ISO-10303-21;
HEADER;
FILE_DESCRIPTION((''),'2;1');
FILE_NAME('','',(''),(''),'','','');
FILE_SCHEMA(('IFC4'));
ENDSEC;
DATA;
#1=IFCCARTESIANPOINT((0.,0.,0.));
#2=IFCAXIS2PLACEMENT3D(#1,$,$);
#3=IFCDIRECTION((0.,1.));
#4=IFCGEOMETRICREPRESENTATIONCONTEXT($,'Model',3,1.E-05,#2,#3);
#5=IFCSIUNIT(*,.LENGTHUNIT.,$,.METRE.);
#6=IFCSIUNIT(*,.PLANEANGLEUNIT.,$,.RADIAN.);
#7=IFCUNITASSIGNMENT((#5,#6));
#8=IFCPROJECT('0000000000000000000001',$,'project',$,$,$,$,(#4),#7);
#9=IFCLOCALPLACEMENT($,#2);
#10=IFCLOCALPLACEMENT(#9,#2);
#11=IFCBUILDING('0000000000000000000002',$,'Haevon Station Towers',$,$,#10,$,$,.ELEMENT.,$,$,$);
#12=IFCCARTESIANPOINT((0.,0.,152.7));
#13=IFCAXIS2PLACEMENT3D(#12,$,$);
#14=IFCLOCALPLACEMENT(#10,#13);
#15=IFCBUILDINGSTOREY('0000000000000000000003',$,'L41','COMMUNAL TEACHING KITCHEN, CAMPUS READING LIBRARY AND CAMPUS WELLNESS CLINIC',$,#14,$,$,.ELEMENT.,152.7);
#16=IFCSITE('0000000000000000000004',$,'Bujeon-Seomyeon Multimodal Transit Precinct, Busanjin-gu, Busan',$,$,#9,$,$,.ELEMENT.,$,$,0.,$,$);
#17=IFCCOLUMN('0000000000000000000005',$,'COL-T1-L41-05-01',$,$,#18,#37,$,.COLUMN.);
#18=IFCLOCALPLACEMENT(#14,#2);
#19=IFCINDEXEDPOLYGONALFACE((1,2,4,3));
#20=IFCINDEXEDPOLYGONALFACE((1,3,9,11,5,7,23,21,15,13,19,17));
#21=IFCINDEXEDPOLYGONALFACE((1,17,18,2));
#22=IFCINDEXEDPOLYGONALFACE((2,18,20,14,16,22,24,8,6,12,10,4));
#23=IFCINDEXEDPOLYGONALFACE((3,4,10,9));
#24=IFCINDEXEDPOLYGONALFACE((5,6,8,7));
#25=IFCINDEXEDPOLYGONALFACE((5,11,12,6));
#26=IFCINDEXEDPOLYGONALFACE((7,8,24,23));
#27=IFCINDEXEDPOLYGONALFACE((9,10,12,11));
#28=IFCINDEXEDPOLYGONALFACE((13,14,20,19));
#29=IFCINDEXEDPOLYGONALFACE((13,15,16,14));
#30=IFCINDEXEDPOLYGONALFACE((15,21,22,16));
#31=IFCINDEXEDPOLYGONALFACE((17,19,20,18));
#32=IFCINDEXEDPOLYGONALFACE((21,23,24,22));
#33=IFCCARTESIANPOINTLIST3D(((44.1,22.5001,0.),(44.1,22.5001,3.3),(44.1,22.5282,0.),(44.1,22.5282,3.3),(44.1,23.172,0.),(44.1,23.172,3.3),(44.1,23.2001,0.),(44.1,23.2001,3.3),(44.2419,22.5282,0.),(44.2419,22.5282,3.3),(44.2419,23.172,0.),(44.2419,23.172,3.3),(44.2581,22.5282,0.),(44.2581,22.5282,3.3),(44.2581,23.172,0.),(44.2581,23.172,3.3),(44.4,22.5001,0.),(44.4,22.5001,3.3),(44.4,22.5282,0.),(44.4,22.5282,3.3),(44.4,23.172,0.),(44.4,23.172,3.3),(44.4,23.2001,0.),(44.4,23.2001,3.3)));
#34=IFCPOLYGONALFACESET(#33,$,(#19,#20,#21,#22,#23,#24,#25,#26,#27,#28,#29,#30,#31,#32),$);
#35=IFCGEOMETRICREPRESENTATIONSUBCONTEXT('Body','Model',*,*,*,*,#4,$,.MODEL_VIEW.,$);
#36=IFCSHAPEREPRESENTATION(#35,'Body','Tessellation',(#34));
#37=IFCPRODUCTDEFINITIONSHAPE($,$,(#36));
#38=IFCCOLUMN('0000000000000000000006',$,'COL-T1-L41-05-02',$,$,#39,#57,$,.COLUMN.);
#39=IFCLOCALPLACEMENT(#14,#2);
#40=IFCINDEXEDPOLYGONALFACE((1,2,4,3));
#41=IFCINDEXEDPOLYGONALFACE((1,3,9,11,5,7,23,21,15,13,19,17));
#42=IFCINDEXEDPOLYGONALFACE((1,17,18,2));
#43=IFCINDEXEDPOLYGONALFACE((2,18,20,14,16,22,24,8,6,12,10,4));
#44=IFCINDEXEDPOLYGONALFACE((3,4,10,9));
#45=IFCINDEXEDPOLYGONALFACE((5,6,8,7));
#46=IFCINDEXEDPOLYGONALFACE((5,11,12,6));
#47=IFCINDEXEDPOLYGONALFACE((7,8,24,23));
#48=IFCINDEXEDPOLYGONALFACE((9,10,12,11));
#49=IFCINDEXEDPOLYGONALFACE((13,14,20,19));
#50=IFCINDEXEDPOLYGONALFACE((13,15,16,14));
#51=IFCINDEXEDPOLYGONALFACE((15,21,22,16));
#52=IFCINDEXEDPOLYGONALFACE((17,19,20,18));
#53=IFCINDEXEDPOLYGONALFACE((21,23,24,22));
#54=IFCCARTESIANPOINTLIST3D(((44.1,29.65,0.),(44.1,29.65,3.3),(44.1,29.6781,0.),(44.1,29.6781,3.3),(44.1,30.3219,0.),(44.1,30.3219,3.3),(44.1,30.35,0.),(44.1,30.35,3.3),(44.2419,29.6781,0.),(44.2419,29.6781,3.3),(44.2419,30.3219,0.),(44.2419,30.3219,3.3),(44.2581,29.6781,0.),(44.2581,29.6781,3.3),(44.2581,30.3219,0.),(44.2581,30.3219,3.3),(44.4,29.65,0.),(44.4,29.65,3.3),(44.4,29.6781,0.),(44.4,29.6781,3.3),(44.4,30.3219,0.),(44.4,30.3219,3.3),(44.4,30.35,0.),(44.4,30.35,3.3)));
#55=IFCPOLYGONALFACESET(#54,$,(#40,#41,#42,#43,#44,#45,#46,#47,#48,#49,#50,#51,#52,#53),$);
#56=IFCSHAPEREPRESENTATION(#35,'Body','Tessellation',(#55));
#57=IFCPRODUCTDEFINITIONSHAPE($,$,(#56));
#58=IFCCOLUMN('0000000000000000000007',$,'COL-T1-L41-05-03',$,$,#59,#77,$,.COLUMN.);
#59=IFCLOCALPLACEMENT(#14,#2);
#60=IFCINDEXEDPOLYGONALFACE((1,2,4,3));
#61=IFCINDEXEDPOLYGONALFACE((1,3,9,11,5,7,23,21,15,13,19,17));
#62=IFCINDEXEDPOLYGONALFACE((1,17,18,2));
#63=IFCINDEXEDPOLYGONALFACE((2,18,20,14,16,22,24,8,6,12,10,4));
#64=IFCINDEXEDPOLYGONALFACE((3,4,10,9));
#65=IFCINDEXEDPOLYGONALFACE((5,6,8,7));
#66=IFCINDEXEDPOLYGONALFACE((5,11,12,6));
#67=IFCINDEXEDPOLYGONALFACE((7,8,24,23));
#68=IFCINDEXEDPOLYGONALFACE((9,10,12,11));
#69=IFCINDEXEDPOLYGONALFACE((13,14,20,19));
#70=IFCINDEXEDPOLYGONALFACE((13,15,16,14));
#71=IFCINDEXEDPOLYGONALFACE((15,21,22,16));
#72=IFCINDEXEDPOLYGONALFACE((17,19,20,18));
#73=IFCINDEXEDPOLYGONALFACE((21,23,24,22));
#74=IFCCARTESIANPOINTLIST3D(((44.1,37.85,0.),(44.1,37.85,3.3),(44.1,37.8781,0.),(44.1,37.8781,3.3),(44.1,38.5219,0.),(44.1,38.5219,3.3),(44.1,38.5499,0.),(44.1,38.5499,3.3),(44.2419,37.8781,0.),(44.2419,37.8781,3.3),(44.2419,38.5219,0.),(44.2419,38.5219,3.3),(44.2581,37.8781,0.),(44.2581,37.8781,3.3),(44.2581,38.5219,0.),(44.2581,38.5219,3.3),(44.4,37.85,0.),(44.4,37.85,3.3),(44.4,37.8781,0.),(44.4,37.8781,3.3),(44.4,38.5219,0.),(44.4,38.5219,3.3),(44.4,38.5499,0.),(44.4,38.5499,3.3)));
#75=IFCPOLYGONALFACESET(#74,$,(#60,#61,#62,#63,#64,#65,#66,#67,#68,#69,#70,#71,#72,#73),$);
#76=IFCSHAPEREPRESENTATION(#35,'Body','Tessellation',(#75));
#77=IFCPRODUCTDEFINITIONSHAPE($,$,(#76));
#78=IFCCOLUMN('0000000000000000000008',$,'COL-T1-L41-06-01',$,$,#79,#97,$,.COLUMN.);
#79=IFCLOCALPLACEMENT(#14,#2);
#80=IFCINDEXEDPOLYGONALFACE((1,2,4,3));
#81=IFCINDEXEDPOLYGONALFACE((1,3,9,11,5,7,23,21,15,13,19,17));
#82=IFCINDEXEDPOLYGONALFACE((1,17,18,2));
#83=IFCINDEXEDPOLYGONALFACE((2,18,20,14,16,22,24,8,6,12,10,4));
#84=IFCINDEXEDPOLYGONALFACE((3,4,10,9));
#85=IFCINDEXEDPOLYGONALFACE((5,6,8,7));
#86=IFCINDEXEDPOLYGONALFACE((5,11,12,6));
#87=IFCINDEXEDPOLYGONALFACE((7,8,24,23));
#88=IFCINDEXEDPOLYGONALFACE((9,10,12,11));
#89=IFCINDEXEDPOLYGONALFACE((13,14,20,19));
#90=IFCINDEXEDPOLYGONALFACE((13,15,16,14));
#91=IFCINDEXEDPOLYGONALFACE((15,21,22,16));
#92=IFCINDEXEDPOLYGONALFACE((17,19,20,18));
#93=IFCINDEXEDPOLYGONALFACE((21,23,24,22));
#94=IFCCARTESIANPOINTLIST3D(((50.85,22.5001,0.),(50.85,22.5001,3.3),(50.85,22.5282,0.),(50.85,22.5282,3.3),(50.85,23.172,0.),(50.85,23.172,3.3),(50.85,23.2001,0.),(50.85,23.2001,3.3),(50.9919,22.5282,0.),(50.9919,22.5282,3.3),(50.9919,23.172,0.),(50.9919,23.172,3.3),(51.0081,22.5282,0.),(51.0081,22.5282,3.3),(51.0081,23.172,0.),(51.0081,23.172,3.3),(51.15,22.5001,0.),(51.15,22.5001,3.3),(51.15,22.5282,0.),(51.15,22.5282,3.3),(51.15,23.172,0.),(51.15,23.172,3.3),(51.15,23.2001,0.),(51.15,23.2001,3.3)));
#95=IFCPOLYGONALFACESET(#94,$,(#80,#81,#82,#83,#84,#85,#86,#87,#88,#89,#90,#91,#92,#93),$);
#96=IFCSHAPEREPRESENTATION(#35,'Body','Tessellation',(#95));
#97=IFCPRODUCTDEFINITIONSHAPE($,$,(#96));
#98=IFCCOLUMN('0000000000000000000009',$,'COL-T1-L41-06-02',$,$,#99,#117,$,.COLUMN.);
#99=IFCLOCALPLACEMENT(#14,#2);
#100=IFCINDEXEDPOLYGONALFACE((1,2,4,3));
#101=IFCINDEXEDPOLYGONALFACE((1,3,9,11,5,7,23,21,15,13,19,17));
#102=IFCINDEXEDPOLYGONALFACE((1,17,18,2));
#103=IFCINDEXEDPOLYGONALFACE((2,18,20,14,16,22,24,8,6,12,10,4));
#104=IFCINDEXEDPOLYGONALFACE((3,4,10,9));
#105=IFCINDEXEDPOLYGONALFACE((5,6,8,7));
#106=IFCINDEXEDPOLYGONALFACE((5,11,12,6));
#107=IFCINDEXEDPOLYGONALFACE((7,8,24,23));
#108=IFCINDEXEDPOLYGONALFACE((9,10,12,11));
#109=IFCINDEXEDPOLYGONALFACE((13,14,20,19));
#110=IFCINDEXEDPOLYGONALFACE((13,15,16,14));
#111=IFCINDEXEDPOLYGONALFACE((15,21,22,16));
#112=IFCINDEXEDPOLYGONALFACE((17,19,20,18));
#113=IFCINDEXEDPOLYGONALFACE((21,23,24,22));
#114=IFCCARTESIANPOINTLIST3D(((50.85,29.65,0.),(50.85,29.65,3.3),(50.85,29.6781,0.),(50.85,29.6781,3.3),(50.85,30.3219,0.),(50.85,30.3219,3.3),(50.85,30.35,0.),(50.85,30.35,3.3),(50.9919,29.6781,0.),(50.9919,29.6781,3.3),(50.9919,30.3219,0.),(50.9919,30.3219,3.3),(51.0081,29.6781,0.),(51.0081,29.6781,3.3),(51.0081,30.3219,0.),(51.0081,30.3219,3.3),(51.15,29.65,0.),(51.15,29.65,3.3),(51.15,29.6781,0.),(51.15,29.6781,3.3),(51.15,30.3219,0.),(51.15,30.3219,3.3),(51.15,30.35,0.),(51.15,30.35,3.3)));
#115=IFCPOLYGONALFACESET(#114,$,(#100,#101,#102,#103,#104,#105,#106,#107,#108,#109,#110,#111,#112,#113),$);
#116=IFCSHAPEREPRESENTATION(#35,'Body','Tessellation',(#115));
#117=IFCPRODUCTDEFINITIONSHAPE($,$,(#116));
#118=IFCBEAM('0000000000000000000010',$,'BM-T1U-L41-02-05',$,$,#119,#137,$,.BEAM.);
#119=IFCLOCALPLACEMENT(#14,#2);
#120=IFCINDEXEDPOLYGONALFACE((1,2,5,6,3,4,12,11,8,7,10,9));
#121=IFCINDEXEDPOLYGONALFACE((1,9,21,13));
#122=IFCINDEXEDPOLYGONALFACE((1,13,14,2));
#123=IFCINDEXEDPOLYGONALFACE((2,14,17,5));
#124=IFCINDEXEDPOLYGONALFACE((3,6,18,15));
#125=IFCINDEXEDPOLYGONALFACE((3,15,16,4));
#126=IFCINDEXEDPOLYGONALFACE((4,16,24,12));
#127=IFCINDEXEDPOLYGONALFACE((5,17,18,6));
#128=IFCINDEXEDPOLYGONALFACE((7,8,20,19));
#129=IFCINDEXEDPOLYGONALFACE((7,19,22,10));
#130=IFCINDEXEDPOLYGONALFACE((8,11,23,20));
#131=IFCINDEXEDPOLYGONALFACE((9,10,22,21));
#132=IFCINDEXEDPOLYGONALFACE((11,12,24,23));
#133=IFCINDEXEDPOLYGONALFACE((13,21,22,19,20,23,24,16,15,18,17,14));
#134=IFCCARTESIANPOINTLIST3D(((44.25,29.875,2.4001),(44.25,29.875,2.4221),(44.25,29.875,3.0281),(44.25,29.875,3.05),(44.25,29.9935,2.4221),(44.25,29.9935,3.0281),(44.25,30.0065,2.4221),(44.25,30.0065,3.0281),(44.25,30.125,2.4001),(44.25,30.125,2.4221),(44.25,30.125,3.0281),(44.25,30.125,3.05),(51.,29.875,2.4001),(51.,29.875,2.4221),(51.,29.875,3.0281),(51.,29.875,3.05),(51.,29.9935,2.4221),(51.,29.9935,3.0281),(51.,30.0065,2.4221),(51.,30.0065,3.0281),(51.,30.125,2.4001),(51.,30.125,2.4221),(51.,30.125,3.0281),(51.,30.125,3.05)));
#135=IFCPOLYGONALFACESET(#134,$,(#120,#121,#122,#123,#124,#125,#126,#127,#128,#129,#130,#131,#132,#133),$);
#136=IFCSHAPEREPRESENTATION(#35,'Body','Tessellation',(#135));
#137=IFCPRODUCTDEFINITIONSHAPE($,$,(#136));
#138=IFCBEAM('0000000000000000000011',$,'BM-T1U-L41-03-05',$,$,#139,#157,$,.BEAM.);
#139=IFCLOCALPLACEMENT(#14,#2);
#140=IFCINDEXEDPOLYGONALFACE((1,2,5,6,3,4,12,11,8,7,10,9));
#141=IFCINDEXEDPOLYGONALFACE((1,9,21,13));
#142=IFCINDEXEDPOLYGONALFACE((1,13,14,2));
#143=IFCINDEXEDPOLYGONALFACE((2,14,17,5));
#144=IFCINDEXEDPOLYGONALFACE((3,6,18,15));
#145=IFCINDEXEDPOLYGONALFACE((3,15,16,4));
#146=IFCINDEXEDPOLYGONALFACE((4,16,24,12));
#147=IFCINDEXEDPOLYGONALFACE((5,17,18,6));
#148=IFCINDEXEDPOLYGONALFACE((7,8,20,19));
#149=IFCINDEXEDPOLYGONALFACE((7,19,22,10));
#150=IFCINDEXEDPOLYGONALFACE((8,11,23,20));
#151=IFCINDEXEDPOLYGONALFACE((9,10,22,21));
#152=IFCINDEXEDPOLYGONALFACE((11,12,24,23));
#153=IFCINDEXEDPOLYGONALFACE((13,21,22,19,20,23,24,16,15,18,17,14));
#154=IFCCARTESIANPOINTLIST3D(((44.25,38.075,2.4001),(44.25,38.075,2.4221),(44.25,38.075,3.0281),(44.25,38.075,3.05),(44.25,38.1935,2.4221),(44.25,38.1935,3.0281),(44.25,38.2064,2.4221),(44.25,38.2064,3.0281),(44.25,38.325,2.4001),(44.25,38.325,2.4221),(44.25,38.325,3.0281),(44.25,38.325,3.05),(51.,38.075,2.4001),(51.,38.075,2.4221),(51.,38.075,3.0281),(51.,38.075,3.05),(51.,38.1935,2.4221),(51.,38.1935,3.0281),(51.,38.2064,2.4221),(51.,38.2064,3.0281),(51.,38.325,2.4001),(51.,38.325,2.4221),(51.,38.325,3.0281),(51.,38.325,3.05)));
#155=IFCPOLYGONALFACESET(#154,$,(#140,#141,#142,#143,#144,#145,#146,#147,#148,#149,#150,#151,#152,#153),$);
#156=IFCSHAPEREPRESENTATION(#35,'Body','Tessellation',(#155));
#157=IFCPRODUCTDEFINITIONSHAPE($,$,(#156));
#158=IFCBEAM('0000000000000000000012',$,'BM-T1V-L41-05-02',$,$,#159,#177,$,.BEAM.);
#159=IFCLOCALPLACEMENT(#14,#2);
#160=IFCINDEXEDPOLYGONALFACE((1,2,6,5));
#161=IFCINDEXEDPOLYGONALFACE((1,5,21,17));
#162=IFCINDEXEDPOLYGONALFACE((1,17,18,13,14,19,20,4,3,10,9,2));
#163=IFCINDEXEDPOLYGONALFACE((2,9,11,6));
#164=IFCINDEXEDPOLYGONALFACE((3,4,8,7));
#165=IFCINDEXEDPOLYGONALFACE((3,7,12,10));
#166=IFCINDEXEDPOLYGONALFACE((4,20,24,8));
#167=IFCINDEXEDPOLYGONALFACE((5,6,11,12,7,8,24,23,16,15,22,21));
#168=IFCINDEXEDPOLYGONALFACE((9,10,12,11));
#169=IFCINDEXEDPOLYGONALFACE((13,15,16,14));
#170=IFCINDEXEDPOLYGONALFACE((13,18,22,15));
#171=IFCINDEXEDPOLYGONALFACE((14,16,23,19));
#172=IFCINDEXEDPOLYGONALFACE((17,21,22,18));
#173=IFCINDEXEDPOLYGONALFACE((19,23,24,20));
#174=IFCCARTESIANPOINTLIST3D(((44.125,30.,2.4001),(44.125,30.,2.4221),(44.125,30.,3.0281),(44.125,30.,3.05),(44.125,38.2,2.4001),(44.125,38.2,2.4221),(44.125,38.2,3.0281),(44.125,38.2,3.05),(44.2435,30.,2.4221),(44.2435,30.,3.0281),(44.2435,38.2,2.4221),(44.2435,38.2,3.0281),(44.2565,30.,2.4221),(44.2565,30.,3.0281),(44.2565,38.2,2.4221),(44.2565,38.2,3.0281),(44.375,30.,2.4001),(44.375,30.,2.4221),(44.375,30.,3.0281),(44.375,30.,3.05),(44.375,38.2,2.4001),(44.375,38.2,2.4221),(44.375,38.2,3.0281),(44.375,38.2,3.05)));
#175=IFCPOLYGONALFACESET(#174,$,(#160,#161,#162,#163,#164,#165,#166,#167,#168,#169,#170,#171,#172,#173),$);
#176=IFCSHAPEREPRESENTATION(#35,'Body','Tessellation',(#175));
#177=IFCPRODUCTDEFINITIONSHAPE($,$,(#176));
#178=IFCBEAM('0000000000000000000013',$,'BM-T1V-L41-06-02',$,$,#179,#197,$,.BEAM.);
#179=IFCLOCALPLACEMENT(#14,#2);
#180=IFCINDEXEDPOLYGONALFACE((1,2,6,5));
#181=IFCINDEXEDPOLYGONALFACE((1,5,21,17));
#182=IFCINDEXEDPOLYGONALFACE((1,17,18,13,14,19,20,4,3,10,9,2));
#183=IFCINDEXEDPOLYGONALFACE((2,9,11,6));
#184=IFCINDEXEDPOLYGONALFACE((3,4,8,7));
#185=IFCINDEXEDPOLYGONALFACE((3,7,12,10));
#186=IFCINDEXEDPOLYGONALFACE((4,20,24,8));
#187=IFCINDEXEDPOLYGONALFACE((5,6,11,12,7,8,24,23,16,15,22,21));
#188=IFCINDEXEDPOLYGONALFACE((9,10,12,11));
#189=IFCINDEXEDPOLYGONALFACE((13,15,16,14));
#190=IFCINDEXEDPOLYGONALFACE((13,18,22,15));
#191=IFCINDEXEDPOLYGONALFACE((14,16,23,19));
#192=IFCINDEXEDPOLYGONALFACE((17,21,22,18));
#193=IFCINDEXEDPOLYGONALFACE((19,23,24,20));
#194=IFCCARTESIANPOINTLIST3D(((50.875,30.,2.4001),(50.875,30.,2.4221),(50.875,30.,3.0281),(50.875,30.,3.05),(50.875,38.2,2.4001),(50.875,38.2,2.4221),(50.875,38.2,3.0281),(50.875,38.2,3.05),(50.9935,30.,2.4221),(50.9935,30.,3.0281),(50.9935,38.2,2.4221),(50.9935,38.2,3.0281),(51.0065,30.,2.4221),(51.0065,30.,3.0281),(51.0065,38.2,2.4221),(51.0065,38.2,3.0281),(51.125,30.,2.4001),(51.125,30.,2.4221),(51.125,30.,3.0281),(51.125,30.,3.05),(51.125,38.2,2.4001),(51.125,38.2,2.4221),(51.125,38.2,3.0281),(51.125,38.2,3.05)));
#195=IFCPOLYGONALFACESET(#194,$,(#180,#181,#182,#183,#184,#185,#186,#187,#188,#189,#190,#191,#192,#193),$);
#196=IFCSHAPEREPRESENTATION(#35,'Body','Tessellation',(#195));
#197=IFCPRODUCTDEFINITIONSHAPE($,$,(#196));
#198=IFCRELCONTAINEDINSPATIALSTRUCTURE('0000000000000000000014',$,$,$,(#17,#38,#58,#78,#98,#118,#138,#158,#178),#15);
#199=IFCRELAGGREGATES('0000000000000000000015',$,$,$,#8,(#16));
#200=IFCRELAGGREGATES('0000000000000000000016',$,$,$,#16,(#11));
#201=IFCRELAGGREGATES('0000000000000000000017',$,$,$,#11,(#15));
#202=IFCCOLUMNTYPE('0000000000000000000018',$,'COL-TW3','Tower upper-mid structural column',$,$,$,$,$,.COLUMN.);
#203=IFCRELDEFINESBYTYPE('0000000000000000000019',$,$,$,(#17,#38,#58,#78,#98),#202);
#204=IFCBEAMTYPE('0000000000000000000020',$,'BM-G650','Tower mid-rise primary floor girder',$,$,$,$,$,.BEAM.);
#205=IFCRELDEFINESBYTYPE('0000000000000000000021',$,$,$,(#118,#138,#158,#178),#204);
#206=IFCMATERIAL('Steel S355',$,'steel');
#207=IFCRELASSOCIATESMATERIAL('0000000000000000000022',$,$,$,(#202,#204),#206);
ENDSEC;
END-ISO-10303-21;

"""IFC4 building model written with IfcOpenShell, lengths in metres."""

from ifc_helpers import new_model, si_unit, direction, frame, origin, origin_2d, place, context, subcontext, project, spatial, i_section, extrude, material, material_profile, profile_set, type_object, element, save


model = new_model("IFC4")

# Units and contexts
model_context = context("Model", 3, precision=1e-05, world=origin(), true_north=direction((0.0, 1.0)))
body_context = subcontext(model_context, "Body", "Model", "MODEL_VIEW")
ifc_project = project(units=[si_unit("LENGTHUNIT", "METRE"), si_unit("PLANEANGLEUNIT", "RADIAN")], contexts=[model_context])

# Site, building, storey
site_placement = place(None, origin())
site = spatial("IfcSite", under=ifc_project, at=site_placement, Name="Bujeon-Seomyeon Multimodal Transit Precinct, Busanjin-gu, Busan", CompositionType="ELEMENT", RefElevation=0.0)
building_placement = place(site_placement, origin())
building = spatial("IfcBuilding", under=site, at=building_placement, Name="Haevon Station Towers", CompositionType="ELEMENT")
storey_placement = place(building_placement, frame((0.0, 0.0, 152.7)))
storey = spatial("IfcBuildingStorey", under=building, at=storey_placement, Name="L41", Description="COMMUNAL TEACHING KITCHEN, CAMPUS READING LIBRARY AND CAMPUS WELLNESS CLINIC", CompositionType="ELEMENT", Elevation=152.7)

# Columns
ifc_material_1 = material(Name="Steel S355", Category="steel")
ifc_material_profile_1 = material_profile(ifc_material_1, i_section(OverallWidth=0.3, OverallDepth=0.7, WebThickness=0.0161, FlangeThickness=0.0281, at=origin_2d()), Name="H-700x300x16x28")
ifc_profile_set_1 = profile_set([ifc_material_profile_1], Name="Steel S355")
column_type = type_object("IfcColumnType", Name="COL-TW3", Description="Tower upper-mid structural column", PredefinedType="COLUMN", material=ifc_profile_set_1)
for number, where, z_axis, x_axis, name in (
    (1, (44.25, 22.8501, 0.0), (0.0, 0.0, 1.0), (1.0, 0.0, 0.0), "COL-T1-L41-05-01"),
    (2, (44.25, 30.0, 0.0), (0.0, 0.0, 1.0), (1.0, 0.0, 0.0), "COL-T1-L41-05-02"),
    (3, (44.25, 38.2, 0.0), (0.0, 0.0, 1.0), (1.0, 0.0, 0.0), "COL-T1-L41-05-03"),
    (4, (51.0, 22.8501, 0.0), (0.0, 0.0, 1.0), (1.0, 0.0, 0.0), "COL-T1-L41-06-01"),
    (5, (51.0, 30.0, 0.0), (0.0, 0.0, 1.0), (1.0, 0.0, 0.0), "COL-T1-L41-06-02"),
):
    element("IfcColumn", number, at=place(storey_placement, frame(where, z_axis=z_axis, x_axis=x_axis)), inside=storey, type_object=column_type, Name=name, PredefinedType="COLUMN", context=body_context, shape_type="SweptSolid", body=[
        extrude(i_section(OverallWidth=0.3, OverallDepth=0.7, WebThickness=0.0161, FlangeThickness=0.0281, at=origin_2d()), origin(), (0.0, 0.0, 1.0), 3.3),
    ])

# Beams
ifc_material_profile_2 = material_profile(ifc_material_1, i_section(OverallWidth=0.25, OverallDepth=0.6499, WebThickness=0.0129, FlangeThickness=0.022, at=origin_2d()), Name="H-650x250x13x22")
ifc_profile_set_2 = profile_set([ifc_material_profile_2], Name="Steel S355")
beam_type_1 = type_object("IfcBeamType", Name="BM-G650", Description="Tower mid-rise primary floor girder", PredefinedType="BEAM", material=ifc_profile_set_2)
for number, where, z_axis, x_axis, name in (
    (6, (44.25, 30.0, 2.7251), (1.0, 0.0, 0.0), (0.0, 1.0, 0.0), "BM-T1U-L41-02-05"),
    (7, (44.25, 38.2, 2.7251), (1.0, 0.0, 0.0), (0.0, 1.0, 0.0), "BM-T1U-L41-03-05"),
):
    element("IfcBeam", number, at=place(storey_placement, frame(where, z_axis=z_axis, x_axis=x_axis)), inside=storey, type_object=beam_type_1, Name=name, PredefinedType="BEAM", context=body_context, shape_type="SweptSolid", body=[
        extrude(i_section(OverallWidth=0.25, OverallDepth=0.6499, WebThickness=0.0129, FlangeThickness=0.022, at=origin_2d()), origin(), (0.0, 0.0, 1.0), 6.75),
    ])
for number, where, z_axis, x_axis, name in (
    (8, (44.25, 30.0, 2.7251), (0.0, 1.0, 0.0), (-1.0, 0.0, 0.0), "BM-T1V-L41-05-02"),
    (9, (51.0, 30.0, 2.7251), (0.0, 1.0, 0.0), (-1.0, 0.0, 0.0), "BM-T1V-L41-06-02"),
):
    element("IfcBeam", number, at=place(storey_placement, frame(where, z_axis=z_axis, x_axis=x_axis)), inside=storey, type_object=beam_type_1, Name=name, PredefinedType="BEAM", context=body_context, shape_type="SweptSolid", body=[
        extrude(i_section(OverallWidth=0.25, OverallDepth=0.6499, WebThickness=0.0129, FlangeThickness=0.022, at=origin_2d()), origin(), (0.0, 0.0, 1.0), 8.2),
    ])

save(model, "model.ifc")
